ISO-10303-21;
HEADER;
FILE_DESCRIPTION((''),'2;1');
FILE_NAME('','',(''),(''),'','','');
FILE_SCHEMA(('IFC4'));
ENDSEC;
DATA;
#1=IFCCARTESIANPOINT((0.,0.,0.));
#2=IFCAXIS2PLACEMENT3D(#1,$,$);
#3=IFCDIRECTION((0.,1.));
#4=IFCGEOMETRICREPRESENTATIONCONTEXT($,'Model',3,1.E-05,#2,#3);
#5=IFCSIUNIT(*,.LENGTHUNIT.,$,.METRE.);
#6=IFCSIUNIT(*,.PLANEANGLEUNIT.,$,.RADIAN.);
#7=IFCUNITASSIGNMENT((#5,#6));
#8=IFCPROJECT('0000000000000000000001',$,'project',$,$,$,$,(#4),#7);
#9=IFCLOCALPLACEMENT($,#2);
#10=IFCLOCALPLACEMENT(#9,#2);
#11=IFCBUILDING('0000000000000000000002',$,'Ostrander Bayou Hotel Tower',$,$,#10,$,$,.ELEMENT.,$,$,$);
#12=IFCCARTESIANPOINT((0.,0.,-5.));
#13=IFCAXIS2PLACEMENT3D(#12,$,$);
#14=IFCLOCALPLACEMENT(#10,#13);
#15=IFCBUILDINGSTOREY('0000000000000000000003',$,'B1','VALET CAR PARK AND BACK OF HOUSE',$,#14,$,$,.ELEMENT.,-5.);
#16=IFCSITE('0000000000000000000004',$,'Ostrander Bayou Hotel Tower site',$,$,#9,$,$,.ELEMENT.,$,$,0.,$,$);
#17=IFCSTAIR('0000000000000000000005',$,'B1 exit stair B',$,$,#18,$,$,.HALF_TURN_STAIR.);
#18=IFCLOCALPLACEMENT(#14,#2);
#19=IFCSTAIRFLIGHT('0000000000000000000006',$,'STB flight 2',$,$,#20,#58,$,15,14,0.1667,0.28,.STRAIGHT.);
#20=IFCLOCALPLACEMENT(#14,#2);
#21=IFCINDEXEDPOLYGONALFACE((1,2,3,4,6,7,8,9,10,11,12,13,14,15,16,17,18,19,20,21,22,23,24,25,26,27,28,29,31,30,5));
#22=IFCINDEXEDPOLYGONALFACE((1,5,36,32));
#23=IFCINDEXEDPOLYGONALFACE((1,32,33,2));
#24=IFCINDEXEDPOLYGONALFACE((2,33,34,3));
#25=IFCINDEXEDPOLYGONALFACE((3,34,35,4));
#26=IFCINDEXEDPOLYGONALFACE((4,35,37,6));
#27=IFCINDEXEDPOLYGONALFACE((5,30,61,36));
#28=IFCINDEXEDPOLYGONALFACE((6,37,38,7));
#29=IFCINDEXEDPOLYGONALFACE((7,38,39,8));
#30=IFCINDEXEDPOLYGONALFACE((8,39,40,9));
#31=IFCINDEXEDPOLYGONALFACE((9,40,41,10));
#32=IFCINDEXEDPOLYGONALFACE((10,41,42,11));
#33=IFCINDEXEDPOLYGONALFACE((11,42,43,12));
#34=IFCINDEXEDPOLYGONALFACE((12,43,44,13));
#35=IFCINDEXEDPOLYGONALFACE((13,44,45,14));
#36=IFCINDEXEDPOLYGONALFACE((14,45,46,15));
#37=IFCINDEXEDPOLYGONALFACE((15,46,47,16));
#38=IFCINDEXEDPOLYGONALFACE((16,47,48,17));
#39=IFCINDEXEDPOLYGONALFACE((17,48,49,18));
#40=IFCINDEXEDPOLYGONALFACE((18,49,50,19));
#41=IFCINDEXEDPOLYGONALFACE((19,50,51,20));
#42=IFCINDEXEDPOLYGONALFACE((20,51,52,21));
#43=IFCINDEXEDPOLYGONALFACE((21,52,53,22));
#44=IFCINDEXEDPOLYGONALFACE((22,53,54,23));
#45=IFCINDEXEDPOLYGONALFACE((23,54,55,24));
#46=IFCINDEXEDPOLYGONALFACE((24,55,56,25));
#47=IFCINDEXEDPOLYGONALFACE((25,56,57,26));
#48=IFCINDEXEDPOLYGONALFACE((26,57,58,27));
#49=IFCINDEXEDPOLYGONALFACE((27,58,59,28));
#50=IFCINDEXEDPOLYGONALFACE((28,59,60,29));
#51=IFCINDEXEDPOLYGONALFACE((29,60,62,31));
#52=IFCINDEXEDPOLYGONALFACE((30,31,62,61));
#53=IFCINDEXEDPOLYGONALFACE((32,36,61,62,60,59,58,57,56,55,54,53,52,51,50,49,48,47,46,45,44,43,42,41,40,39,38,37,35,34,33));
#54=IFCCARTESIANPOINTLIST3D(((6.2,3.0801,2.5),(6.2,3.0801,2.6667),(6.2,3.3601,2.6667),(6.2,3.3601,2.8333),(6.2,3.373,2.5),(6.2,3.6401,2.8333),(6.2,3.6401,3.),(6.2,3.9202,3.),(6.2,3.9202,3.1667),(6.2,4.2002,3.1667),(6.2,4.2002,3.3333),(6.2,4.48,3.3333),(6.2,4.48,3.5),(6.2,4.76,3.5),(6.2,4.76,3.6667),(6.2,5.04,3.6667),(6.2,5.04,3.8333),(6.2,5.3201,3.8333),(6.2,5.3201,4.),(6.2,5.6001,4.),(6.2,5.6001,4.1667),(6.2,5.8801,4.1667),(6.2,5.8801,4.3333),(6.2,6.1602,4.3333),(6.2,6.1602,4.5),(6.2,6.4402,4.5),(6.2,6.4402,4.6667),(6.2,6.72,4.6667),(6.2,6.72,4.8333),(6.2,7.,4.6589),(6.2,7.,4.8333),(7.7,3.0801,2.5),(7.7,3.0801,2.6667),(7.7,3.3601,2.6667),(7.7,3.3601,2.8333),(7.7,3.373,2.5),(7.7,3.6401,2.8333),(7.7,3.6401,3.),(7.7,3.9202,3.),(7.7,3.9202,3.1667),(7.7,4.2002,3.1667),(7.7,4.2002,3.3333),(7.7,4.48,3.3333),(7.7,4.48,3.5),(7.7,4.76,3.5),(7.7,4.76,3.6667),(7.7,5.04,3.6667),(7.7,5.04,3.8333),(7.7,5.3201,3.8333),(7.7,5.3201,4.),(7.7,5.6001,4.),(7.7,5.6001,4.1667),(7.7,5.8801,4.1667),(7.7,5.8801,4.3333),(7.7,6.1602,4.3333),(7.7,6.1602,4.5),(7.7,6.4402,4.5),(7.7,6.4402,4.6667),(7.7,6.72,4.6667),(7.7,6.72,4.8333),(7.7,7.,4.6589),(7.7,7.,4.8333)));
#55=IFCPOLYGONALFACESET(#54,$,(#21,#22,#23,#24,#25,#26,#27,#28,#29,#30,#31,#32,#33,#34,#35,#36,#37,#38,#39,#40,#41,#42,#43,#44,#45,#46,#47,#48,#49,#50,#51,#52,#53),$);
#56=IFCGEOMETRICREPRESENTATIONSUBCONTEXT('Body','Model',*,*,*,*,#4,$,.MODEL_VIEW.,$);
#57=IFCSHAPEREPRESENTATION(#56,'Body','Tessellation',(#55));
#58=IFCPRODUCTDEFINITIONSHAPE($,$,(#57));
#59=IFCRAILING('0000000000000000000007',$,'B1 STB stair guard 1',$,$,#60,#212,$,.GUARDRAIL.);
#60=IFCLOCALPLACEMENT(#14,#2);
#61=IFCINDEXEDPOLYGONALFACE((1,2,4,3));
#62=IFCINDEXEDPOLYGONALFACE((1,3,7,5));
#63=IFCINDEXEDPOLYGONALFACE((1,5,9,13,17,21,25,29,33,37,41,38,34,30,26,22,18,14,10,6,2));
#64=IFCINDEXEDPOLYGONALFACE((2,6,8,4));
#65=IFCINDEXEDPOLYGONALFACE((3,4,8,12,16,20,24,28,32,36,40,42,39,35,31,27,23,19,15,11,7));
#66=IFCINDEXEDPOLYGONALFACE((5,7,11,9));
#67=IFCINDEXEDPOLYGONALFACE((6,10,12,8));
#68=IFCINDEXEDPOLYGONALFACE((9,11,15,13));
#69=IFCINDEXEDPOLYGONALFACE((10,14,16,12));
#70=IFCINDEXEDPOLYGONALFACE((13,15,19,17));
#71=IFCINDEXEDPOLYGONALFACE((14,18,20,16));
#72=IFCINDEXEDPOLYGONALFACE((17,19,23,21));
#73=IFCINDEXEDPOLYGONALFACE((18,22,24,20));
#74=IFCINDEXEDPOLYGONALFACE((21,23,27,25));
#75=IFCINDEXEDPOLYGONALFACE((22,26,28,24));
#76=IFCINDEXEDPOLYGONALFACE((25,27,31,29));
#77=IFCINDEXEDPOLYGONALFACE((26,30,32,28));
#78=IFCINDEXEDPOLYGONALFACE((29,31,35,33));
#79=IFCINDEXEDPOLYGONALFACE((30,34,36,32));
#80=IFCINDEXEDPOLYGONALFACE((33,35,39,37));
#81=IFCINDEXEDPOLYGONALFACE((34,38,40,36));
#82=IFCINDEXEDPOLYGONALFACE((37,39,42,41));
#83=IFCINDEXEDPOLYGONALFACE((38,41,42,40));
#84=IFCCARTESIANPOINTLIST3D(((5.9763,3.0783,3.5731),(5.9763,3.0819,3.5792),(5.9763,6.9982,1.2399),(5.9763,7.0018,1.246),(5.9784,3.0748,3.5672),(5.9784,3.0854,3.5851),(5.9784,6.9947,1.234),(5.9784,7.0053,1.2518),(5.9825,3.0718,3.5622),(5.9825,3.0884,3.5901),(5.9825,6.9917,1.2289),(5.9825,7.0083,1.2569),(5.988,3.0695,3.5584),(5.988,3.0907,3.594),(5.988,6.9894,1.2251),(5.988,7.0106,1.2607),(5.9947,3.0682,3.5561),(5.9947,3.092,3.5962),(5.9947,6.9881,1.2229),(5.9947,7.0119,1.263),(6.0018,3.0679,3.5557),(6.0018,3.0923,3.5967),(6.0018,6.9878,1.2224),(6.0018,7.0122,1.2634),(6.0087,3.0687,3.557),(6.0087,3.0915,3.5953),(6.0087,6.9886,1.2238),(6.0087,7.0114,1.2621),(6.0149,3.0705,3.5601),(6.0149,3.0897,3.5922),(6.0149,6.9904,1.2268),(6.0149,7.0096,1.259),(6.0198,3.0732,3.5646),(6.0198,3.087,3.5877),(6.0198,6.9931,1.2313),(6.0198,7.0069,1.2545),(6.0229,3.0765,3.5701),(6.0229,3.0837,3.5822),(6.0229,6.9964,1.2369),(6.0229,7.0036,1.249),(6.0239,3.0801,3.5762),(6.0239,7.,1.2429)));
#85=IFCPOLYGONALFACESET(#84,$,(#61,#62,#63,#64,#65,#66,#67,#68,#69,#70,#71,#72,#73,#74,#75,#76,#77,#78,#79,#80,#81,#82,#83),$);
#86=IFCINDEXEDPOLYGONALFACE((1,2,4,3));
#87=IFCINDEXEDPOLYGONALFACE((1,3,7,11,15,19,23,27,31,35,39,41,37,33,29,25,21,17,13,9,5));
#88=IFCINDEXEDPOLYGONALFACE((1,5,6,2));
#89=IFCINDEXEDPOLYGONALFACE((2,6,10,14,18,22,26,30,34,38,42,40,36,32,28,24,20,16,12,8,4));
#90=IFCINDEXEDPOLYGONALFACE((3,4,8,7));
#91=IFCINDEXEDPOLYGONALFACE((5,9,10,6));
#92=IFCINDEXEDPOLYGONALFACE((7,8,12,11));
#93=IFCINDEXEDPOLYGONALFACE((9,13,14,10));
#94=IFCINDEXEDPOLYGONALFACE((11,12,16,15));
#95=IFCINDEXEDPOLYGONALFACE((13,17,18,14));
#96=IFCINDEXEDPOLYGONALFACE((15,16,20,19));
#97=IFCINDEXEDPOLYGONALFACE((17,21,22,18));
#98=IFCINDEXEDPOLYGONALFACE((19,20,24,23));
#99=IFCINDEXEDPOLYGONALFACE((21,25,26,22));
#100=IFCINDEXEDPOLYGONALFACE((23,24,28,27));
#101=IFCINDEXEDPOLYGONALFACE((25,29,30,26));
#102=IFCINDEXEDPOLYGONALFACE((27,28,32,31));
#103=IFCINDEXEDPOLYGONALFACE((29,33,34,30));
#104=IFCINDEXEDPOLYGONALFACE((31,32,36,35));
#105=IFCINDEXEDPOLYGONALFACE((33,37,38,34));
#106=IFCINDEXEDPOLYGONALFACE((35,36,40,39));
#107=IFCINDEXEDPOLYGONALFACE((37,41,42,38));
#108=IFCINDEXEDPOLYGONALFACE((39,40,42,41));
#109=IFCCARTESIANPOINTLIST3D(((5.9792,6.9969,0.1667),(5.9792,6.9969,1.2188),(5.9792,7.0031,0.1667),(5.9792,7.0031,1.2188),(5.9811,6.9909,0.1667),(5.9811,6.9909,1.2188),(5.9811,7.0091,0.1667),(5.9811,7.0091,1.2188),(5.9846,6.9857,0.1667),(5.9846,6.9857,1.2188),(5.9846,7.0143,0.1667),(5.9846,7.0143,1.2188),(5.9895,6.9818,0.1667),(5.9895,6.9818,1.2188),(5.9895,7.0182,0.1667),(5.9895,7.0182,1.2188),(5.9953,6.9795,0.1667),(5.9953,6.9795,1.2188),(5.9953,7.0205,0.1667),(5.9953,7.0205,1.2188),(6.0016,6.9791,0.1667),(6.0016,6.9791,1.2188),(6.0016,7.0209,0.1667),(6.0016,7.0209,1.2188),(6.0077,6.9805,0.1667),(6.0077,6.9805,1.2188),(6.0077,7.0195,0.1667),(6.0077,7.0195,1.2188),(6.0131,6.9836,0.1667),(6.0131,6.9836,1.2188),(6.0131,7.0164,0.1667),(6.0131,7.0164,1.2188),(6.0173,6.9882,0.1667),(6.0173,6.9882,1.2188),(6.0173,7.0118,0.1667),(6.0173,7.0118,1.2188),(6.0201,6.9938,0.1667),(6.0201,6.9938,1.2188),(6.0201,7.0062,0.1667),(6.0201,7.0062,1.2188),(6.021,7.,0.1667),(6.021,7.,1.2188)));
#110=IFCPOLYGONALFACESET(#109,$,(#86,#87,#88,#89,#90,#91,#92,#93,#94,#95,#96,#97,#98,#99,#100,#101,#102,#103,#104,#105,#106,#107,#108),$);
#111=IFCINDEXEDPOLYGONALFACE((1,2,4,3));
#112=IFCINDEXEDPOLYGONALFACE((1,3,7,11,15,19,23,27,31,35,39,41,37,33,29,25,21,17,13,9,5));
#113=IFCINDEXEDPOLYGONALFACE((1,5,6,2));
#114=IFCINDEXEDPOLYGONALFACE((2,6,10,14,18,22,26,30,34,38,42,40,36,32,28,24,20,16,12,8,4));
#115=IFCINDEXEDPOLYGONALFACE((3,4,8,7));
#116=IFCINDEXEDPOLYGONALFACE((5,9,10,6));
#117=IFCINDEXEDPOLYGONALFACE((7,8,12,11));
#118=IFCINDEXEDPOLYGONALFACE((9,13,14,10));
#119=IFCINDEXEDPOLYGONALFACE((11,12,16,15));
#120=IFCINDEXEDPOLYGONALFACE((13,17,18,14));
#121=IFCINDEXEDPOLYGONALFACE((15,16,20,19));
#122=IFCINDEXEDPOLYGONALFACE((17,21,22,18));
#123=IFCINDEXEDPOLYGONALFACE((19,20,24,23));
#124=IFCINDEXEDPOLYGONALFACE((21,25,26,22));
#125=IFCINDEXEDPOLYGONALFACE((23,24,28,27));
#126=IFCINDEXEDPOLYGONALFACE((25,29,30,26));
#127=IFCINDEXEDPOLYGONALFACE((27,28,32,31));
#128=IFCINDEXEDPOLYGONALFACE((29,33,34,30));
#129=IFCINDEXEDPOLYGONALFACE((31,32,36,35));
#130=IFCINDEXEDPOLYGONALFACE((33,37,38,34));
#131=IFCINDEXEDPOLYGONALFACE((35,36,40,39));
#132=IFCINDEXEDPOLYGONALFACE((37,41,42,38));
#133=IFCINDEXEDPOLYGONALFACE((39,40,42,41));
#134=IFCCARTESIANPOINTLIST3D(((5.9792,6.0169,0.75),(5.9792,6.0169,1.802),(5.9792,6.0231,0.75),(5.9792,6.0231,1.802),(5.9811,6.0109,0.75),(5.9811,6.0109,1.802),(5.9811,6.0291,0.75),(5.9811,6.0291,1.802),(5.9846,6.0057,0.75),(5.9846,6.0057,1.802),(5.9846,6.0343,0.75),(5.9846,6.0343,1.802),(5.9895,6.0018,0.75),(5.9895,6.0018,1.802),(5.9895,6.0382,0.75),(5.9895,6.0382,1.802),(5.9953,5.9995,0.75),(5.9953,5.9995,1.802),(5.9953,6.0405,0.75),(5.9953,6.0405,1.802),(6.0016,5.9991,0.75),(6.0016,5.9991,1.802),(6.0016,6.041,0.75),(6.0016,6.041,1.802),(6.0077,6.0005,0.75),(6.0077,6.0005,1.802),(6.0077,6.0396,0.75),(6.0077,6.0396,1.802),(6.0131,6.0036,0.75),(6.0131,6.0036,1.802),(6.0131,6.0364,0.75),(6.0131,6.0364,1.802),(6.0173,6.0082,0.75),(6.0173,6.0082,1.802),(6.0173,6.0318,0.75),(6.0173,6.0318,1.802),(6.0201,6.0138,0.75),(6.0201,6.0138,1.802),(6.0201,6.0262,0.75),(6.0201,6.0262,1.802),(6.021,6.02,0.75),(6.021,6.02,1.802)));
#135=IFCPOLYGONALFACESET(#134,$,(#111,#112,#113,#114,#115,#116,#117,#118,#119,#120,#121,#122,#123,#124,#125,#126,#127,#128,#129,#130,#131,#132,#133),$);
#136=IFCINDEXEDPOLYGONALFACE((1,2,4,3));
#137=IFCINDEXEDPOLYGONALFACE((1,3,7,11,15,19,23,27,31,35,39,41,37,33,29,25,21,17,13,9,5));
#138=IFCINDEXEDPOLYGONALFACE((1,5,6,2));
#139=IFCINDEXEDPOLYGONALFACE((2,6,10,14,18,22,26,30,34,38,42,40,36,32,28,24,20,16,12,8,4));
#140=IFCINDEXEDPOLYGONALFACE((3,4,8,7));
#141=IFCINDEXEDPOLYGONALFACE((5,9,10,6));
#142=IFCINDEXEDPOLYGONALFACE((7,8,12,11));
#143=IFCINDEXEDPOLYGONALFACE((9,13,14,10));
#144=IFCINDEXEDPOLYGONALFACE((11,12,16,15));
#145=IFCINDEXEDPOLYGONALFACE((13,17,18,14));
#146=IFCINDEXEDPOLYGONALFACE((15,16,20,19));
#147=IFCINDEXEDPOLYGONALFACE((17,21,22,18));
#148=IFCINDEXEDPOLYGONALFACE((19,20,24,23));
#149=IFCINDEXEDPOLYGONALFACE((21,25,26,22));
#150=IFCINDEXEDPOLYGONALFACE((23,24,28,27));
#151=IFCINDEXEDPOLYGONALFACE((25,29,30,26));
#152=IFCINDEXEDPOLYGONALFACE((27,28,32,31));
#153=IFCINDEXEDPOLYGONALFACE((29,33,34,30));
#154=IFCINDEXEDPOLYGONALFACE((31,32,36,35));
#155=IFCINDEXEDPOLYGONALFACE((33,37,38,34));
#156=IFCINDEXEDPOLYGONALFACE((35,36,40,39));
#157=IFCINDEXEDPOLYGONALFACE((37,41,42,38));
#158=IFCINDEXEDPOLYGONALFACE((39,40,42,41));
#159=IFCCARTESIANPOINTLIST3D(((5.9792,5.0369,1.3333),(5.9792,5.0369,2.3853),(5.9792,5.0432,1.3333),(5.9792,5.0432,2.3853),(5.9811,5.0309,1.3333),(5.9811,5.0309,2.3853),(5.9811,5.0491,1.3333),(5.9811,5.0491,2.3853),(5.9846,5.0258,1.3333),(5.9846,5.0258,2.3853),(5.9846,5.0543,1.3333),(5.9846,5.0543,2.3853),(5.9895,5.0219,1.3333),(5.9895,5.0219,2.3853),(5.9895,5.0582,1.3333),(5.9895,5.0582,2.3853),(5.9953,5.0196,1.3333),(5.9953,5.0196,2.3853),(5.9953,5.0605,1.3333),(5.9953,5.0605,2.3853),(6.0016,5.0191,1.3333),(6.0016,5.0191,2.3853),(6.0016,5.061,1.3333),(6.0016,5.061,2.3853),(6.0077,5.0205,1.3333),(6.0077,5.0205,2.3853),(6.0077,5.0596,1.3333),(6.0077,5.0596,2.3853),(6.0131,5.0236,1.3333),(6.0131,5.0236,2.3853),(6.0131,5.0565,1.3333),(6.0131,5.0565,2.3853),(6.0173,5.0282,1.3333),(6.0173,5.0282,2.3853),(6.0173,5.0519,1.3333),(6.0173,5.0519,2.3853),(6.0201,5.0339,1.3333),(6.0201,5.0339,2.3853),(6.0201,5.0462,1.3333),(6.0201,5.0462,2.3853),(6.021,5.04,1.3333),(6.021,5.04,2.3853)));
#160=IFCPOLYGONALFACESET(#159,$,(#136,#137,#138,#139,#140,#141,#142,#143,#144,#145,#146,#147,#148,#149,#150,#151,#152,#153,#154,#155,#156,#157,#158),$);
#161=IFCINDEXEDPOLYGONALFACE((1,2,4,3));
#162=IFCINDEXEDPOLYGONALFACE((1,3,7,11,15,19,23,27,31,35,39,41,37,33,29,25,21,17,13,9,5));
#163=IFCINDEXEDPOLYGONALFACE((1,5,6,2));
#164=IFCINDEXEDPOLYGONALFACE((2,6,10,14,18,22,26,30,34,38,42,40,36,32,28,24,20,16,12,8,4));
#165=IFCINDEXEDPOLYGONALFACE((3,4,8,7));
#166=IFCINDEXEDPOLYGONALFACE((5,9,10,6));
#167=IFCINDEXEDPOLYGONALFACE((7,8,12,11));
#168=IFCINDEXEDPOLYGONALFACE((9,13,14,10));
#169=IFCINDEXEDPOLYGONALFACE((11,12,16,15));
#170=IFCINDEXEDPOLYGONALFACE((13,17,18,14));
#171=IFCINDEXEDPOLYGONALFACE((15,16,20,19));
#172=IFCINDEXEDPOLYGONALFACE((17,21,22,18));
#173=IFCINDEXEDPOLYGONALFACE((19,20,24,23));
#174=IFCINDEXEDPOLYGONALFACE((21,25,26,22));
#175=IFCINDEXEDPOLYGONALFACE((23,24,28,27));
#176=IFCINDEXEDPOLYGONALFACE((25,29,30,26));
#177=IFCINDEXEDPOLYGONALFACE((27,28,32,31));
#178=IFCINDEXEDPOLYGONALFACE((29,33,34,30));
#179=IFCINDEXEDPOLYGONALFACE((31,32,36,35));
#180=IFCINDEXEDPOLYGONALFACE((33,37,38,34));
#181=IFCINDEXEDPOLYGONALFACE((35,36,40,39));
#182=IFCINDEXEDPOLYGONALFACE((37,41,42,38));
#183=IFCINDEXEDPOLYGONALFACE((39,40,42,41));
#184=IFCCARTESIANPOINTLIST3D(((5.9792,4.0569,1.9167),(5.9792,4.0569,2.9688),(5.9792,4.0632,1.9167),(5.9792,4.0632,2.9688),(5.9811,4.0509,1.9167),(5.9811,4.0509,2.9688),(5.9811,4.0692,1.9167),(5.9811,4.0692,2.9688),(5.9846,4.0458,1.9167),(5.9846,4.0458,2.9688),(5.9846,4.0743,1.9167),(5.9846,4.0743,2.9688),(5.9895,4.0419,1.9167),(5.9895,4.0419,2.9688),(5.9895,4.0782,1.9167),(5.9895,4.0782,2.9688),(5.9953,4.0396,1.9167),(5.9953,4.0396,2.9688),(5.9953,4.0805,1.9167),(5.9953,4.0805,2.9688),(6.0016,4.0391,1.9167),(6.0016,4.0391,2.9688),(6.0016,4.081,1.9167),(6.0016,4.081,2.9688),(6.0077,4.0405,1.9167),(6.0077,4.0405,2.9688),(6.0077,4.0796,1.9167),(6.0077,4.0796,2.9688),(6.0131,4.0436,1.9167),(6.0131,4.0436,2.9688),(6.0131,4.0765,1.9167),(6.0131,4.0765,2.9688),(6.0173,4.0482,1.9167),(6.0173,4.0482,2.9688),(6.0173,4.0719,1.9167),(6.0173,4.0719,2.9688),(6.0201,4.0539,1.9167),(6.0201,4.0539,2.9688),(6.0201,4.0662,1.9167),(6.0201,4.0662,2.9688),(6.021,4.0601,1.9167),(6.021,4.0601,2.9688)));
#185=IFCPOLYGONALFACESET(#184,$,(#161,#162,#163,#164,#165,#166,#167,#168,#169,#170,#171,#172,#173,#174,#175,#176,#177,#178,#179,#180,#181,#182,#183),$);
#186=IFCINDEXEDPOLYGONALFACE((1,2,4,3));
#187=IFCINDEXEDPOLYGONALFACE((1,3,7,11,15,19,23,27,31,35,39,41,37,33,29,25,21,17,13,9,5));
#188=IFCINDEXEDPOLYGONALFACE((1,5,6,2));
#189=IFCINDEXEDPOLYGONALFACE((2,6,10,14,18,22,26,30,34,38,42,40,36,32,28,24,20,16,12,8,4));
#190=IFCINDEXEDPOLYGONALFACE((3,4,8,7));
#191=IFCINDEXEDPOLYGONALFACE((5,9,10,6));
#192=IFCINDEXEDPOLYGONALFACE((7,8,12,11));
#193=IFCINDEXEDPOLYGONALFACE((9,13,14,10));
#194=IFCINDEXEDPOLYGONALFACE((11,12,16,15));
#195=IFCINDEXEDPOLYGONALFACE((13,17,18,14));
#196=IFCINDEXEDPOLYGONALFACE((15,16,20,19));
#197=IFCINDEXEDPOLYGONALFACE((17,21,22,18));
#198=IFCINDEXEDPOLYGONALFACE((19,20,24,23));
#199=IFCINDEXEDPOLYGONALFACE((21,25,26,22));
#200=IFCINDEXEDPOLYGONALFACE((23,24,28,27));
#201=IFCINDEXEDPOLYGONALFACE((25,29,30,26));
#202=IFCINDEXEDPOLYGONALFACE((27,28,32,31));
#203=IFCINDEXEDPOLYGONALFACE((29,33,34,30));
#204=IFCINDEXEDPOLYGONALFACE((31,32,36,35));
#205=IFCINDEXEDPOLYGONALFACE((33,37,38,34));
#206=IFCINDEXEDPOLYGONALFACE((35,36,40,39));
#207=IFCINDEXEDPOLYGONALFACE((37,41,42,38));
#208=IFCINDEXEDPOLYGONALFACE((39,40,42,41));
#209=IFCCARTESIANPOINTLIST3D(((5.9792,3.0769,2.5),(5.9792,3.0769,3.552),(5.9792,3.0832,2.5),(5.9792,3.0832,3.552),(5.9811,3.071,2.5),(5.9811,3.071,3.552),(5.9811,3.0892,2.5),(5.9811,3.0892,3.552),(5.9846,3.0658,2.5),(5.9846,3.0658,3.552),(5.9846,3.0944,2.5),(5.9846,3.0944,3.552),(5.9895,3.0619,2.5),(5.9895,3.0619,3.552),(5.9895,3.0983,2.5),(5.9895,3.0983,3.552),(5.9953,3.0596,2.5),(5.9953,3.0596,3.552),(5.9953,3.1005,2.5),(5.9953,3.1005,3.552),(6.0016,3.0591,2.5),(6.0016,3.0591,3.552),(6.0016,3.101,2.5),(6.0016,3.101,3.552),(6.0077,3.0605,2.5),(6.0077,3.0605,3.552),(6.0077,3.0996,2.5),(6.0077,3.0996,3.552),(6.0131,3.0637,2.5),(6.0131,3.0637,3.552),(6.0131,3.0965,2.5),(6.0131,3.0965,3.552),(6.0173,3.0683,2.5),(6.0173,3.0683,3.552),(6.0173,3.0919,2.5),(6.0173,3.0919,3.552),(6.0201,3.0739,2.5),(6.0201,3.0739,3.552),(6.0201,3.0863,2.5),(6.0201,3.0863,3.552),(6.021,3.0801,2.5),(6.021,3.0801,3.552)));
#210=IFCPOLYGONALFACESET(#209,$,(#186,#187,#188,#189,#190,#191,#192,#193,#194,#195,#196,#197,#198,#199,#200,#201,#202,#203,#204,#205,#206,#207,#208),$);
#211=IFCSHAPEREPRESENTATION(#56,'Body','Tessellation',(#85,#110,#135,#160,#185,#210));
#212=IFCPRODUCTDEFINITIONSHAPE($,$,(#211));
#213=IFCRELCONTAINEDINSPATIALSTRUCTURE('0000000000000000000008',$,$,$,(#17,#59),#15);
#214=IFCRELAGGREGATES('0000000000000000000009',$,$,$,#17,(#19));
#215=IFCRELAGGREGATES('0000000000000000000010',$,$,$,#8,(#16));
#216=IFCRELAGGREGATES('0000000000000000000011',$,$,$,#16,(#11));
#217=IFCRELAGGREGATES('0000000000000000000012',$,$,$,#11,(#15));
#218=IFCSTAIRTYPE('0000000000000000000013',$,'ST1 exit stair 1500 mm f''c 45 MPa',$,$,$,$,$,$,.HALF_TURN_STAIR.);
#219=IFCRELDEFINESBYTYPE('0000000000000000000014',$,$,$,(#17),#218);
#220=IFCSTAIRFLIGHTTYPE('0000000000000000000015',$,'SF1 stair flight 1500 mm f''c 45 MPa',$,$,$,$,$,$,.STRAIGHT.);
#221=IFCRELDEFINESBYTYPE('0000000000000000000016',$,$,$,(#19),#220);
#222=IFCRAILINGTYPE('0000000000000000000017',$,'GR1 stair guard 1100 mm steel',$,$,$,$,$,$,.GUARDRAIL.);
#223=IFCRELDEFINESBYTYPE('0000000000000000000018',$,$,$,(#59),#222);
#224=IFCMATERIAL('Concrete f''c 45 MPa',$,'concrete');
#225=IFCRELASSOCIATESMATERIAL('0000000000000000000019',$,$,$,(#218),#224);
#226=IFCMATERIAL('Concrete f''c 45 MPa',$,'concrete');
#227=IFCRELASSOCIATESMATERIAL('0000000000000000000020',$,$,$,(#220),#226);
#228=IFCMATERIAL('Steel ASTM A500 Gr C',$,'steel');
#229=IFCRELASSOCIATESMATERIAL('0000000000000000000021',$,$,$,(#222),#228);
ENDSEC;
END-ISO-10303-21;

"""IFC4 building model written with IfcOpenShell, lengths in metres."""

from ifc_helpers import new_model, si_unit, direction, frame, origin, origin_2d, place, context, subcontext, project, spatial, polyline, circle, outline, extrude, material, type_object, element, aggregate, save


model = new_model("IFC4")

# Units and contexts
model_context = context("Model", 3, precision=1e-05, world=origin(), true_north=direction((0.0, 1.0)))
body_context = subcontext(model_context, "Body", "Model", "MODEL_VIEW")
ifc_project = project(units=[si_unit("LENGTHUNIT", "METRE"), si_unit("PLANEANGLEUNIT", "RADIAN")], contexts=[model_context])

# Site, building, storey
site_placement = place(None, origin())
site = spatial("IfcSite", under=ifc_project, at=site_placement, Name="Ostrander Bayou Hotel Tower site", CompositionType="ELEMENT", RefElevation=0.0)
building_placement = place(site_placement, origin())
building = spatial("IfcBuilding", under=site, at=building_placement, Name="Ostrander Bayou Hotel Tower", CompositionType="ELEMENT")
storey_placement = place(building_placement, frame((0.0, 0.0, -5.0)))
storey = spatial("IfcBuildingStorey", under=building, at=storey_placement, Name="B1", Description="VALET CAR PARK AND BACK OF HOUSE", CompositionType="ELEMENT", Elevation=-5.0)

# Stair, stair flight
ifc_material_1 = material(Name="Concrete f'c 45 MPa", Category="concrete")
stair_type = type_object("IfcStairType", Name="ST1 exit stair 1500 mm f'c 45 MPa", PredefinedType="HALF_TURN_STAIR", material=ifc_material_1)
stair_placement = place(storey_placement, origin())
stair = element("IfcStair", 1, at=stair_placement, inside=storey, type_object=stair_type, Name="B1 exit stair B", PredefinedType="HALF_TURN_STAIR")
ifc_material_2 = material(Name="Concrete f'c 45 MPa", Category="concrete")
stair_flight_type = type_object("IfcStairFlightType", Name="SF1 stair flight 1500 mm f'c 45 MPa", PredefinedType="STRAIGHT", material=ifc_material_2)
stair_flight_1_placement = place(storey_placement, frame((6.95, 3.0801, 2.5), z_axis=(0.0, 0.0, 1.0), x_axis=(0.0, 1.0, 0.0)))
stair_flight_1 = element("IfcStairFlight", 2, at=stair_flight_1_placement, type_object=stair_flight_type, Name="STB flight 2", NumberOfRisers=15, NumberOfTreads=14, PredefinedType="STRAIGHT", RiserHeight=0.1667, TreadLength=0.28, context=body_context, shape_type="SweptSolid", body=[
    extrude(outline(polyline([(0.0, 0.0), (0.0, 0.1667), (0.28, 0.1667), (0.28, 0.3333), (0.5601, 0.3333), (0.5601, 0.5), (0.8401, 0.5), (0.8401, 0.6667), (1.1201, 0.6667), (1.1201, 0.8333), (1.3999, 0.8333), (1.3999, 1.0), (1.6799, 1.0), (1.6799, 1.1667), (1.96, 1.1667), (1.96, 1.3333), (2.24, 1.3333), (2.24, 1.5), (2.52, 1.5), (2.52, 1.6667), (2.8, 1.6667), (2.8, 1.8333), (3.0801, 1.8333), (3.0801, 2.0), (3.3601, 2.0), (3.3601, 2.1667), (3.6399, 2.1667), (3.6399, 2.3333), (3.9199, 2.3333), (3.9199, 2.5), (3.9199, 2.1589), (0.293, 0.0), (0.0, 0.0)])), frame((0.0, 0.75, 0.0), z_axis=(0.0, -1.0, 0.0), x_axis=(1.0, 0.0, 0.0)), (0.0, 0.0, 1.0), 1.5),
])
aggregate(stair, [stair_flight_1])

# Railing
ifc_material_3 = material(Name="Steel ASTM A500 Gr C", Category="steel")
railing_type_1 = type_object("IfcRailingType", Name="GR1 stair guard 1100 mm steel", PredefinedType="GUARDRAIL", material=ifc_material_3)
railing_1_placement = place(storey_placement, frame((6.0, 7.0, 0.1667)))
element("IfcRailing", 3, at=railing_1_placement, inside=storey, type_object=railing_type_1, Name="B1 STB stair guard 1", PredefinedType="GUARDRAIL", context=body_context, shape_type="SweptSolid", body=[
    extrude(circle(Radius=0.0239, at=origin_2d()), frame((0.0, 0.0, 1.0762), z_axis=(0.0, -0.859296, 0.511478), x_axis=(1.0, 0.0, 0.0)), (0.0, 0.0, 1.0), 4.5618),
    extrude(circle(Radius=0.021, at=origin_2d()), origin(), (0.0, 0.0, 1.0), 1.052),
    extrude(circle(Radius=0.021, at=origin_2d()), frame((0.0, -0.98, 0.5833)), (0.0, 0.0, 1.0), 1.052),
    extrude(circle(Radius=0.021, at=origin_2d()), frame((0.0, -1.96, 1.1665)), (0.0, 0.0, 1.0), 1.052),
    extrude(circle(Radius=0.021, at=origin_2d()), frame((0.0, -2.9399, 1.75)), (0.0, 0.0, 1.0), 1.052),
    extrude(circle(Radius=0.021, at=origin_2d()), frame((0.0, -3.9199, 2.3333)), (0.0, 0.0, 1.0), 1.052),
])

save(model, "model.ifc")
